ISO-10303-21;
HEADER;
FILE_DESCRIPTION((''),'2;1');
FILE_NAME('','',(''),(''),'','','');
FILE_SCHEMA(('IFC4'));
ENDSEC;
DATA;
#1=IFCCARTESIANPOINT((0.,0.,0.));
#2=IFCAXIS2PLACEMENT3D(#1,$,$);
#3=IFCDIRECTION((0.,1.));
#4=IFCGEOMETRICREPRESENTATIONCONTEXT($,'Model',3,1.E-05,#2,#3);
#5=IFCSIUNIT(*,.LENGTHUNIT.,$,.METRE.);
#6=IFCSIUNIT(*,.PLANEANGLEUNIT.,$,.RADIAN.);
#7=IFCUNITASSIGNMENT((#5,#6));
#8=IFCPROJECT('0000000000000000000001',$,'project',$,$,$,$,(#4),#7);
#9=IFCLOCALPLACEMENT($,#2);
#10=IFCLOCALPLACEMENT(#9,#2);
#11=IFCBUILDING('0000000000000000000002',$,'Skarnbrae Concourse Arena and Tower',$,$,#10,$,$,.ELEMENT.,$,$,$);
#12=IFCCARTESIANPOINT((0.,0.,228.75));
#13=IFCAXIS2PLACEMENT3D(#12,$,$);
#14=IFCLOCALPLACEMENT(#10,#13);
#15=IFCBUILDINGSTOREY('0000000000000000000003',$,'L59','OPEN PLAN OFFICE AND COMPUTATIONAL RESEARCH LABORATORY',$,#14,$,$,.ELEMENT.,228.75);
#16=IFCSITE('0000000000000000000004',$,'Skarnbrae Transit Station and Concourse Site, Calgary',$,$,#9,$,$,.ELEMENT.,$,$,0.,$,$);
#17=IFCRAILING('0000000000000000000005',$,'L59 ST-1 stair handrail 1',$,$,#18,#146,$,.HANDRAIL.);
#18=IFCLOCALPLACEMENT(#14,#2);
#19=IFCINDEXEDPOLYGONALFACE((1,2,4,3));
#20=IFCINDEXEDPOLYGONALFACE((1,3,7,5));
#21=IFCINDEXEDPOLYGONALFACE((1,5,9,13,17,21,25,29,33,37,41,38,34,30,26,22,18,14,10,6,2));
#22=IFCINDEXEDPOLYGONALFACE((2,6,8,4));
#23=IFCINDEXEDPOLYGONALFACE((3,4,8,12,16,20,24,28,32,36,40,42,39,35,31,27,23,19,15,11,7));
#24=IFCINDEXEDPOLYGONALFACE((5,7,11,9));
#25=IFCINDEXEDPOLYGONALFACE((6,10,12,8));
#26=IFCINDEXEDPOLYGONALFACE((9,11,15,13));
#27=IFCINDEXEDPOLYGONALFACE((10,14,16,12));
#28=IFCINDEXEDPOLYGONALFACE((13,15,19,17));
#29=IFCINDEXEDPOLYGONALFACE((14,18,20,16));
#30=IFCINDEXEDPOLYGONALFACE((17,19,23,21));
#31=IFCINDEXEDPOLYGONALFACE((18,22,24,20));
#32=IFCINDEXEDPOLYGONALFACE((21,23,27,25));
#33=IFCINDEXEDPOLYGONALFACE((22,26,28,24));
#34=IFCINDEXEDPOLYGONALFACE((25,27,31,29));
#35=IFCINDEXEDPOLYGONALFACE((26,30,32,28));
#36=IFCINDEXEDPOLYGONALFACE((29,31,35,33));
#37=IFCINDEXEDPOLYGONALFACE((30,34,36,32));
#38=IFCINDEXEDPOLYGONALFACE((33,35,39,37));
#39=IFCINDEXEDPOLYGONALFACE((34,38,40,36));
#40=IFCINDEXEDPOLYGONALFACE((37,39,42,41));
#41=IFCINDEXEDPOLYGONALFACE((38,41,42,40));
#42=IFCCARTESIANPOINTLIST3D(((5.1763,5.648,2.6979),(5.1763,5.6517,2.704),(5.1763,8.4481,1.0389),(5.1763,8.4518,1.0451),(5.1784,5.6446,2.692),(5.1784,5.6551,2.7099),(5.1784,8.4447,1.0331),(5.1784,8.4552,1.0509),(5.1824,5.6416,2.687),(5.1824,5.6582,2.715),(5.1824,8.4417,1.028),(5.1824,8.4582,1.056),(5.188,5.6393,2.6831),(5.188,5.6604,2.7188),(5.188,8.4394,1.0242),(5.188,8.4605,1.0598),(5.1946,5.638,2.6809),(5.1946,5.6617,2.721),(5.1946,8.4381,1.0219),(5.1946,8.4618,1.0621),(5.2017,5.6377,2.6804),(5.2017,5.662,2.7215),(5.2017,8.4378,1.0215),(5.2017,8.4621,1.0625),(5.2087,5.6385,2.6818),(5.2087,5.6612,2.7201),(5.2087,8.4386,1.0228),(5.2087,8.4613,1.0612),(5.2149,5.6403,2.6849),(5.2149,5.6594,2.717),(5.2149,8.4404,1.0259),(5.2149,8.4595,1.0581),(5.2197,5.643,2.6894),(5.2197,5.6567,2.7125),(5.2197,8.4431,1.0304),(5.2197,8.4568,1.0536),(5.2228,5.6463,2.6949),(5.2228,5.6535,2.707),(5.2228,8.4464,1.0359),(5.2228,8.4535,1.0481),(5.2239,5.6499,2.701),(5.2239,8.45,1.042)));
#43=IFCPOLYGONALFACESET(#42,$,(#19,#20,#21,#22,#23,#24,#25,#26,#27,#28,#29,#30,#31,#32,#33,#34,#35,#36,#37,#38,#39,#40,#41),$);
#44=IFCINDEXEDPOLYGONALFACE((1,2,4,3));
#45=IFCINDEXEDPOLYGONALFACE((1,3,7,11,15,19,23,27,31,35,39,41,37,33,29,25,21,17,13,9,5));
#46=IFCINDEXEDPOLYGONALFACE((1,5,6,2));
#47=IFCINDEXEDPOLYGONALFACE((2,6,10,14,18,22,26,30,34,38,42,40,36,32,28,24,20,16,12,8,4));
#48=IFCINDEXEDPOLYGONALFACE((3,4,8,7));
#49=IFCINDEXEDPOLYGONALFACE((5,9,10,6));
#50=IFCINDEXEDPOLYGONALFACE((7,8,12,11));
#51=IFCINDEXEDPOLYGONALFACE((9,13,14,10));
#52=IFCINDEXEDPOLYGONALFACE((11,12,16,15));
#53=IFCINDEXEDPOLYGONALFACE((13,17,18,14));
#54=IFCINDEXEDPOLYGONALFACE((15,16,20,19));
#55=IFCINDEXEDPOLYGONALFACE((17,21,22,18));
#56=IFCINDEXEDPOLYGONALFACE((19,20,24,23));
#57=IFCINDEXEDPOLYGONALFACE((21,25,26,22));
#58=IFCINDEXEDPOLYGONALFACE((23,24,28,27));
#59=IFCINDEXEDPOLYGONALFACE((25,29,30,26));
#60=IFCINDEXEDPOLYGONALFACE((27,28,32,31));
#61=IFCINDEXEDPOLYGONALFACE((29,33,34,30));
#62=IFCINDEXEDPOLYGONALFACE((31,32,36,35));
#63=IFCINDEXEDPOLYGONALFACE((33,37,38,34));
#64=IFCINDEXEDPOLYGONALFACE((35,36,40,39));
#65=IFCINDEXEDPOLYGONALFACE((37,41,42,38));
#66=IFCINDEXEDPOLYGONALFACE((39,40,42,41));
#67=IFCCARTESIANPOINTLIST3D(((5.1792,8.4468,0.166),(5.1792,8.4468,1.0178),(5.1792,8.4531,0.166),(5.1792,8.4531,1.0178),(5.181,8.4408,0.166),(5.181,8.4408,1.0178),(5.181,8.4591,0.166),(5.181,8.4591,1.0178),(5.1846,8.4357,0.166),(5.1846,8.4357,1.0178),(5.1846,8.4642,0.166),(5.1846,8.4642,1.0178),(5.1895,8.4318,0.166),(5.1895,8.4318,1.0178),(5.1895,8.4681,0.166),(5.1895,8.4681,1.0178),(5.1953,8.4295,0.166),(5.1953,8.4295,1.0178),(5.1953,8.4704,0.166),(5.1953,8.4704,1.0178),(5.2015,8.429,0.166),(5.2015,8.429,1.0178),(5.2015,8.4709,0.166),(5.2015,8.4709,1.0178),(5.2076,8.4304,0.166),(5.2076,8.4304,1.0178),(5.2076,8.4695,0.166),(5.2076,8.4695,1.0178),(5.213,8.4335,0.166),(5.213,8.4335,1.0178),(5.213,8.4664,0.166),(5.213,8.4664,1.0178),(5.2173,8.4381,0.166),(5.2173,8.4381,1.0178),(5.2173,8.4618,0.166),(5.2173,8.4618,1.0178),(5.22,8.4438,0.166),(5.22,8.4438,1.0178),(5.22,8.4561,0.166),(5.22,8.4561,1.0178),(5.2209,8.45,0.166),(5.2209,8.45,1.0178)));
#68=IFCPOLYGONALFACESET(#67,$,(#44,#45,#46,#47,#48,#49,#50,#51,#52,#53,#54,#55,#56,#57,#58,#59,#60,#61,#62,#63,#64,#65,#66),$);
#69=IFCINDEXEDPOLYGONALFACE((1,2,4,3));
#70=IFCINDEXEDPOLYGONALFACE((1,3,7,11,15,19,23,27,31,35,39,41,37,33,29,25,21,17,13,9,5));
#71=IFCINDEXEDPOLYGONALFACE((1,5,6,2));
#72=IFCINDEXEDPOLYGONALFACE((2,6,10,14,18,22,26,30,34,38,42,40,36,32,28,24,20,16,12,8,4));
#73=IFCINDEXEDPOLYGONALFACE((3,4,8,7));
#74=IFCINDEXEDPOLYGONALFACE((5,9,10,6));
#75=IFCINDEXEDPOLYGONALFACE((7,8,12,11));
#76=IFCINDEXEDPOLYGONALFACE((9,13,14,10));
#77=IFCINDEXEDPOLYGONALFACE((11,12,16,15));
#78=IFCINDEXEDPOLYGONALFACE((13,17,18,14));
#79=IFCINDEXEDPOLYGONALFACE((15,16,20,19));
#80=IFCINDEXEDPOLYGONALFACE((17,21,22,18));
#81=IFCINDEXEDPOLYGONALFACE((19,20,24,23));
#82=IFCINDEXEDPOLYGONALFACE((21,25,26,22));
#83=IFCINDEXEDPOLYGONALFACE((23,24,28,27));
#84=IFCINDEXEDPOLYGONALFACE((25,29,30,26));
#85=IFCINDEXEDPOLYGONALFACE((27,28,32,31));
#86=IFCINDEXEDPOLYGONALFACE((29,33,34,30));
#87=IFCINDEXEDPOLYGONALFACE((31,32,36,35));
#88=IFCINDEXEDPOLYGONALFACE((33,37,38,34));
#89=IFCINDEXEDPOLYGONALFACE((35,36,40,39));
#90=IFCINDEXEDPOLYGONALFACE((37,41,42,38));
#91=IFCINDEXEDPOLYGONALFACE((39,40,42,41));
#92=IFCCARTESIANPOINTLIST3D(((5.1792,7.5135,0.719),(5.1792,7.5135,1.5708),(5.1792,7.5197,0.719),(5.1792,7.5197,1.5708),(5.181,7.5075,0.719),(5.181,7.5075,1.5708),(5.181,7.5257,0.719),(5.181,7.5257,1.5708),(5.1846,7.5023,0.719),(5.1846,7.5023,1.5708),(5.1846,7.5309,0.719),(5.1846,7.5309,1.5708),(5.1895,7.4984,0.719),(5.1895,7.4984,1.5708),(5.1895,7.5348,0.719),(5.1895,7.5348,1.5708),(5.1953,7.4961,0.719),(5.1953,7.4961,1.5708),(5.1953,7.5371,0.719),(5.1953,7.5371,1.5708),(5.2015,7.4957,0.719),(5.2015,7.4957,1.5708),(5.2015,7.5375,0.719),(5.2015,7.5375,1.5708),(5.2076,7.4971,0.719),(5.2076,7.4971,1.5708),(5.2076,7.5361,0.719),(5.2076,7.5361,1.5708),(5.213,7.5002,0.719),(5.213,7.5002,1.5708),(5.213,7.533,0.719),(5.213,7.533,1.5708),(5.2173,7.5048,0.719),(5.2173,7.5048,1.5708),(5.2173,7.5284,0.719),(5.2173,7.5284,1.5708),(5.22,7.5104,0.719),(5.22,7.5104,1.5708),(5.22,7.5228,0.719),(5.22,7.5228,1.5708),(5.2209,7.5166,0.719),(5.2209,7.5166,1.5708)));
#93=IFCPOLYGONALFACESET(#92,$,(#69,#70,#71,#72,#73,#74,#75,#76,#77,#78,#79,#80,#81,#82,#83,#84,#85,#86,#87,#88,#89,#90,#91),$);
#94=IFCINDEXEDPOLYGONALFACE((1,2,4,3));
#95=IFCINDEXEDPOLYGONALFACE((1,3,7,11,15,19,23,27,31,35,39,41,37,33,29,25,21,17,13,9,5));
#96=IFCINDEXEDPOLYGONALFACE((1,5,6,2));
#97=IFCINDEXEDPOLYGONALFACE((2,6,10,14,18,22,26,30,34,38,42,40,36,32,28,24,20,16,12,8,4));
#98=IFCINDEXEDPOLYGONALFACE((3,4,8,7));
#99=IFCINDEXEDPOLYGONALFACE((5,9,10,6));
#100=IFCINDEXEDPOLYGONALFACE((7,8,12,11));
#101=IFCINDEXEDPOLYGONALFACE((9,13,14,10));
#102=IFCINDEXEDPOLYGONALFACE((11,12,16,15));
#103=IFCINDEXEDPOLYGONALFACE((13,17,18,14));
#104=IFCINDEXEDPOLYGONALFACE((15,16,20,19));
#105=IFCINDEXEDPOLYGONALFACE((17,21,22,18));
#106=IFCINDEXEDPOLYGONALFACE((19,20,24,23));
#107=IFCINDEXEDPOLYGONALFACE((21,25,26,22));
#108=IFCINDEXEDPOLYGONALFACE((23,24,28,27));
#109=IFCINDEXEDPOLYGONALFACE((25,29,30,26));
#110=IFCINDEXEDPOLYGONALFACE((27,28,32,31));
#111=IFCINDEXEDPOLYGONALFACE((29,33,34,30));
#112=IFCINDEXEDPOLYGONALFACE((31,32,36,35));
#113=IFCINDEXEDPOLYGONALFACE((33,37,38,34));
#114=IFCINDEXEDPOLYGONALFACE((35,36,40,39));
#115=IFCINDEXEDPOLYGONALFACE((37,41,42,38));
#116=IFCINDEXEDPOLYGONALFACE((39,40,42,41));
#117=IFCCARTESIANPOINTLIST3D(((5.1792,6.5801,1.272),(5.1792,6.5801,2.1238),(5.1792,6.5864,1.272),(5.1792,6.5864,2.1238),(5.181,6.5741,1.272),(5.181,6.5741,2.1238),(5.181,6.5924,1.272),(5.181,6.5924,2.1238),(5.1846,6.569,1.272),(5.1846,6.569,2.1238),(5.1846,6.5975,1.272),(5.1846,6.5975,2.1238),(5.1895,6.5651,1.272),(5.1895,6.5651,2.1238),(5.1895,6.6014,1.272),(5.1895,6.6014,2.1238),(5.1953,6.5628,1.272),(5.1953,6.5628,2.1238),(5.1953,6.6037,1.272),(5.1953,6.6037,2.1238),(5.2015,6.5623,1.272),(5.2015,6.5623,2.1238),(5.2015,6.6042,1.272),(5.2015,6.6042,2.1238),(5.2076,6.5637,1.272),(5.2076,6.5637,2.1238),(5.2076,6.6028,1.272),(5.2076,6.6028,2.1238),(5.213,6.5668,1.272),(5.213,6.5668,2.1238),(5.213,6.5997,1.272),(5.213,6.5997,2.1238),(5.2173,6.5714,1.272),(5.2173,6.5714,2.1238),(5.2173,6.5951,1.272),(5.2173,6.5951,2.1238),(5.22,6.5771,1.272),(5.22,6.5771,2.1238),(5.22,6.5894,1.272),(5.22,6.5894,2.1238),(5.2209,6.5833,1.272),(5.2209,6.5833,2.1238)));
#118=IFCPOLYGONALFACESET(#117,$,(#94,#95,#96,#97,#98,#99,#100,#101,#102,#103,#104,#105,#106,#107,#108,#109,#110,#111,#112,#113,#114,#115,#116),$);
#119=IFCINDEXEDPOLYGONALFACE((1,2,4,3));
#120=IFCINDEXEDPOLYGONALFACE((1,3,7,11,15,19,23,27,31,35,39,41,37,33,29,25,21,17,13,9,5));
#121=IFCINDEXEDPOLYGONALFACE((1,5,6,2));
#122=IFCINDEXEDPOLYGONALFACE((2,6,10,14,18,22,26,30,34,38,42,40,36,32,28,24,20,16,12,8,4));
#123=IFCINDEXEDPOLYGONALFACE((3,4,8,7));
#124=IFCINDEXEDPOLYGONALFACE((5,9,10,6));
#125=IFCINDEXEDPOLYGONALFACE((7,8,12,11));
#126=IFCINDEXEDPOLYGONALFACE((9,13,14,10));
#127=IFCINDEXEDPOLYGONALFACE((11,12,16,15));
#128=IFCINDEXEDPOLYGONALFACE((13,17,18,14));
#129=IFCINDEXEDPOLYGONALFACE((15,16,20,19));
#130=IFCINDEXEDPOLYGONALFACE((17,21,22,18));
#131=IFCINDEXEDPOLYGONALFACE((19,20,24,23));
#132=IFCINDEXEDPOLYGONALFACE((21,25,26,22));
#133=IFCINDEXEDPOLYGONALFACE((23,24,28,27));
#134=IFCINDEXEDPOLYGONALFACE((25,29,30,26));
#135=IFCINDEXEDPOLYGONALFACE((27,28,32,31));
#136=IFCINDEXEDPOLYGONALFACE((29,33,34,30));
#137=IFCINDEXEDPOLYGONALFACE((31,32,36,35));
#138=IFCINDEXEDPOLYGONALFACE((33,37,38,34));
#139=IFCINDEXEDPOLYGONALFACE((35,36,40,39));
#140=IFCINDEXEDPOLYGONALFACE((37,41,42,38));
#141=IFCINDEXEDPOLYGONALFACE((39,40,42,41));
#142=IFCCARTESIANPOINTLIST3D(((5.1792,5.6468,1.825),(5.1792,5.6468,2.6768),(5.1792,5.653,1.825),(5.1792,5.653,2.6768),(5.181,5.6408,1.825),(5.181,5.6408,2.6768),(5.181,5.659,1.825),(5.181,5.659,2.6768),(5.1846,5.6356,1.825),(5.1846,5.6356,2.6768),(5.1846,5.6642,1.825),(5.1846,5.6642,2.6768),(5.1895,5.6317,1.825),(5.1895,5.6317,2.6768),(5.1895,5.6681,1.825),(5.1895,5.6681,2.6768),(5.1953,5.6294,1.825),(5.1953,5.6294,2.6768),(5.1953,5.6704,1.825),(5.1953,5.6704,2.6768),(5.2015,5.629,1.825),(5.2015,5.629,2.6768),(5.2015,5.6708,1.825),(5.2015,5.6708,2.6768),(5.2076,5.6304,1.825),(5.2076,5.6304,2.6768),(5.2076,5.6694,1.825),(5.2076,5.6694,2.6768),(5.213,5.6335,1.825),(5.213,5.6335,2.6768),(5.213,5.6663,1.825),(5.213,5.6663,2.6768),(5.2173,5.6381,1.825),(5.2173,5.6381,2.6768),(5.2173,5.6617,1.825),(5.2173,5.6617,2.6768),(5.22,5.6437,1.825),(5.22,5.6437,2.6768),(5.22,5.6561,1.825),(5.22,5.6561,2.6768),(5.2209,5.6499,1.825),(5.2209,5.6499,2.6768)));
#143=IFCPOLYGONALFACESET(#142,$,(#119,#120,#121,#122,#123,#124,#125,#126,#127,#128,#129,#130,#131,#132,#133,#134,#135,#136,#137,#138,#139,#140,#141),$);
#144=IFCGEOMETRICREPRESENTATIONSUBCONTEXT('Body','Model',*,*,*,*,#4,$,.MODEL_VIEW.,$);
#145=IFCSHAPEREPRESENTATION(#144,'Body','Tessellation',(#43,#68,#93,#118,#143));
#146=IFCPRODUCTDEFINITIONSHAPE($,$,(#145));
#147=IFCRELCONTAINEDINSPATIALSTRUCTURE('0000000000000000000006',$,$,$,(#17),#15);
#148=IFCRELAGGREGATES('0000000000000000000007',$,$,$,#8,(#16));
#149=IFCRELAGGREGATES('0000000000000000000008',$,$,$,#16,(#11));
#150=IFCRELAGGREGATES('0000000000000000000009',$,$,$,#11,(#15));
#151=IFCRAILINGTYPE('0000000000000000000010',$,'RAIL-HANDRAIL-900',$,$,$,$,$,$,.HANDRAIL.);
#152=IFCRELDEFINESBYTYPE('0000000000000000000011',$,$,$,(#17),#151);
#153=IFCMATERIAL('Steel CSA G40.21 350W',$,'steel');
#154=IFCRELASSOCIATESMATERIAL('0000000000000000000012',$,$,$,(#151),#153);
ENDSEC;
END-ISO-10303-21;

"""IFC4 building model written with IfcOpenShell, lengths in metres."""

from ifc_helpers import new_model, si_unit, direction, frame, origin, origin_2d, place, context, subcontext, project, spatial, circle, extrude, material, type_object, element, save


model = new_model("IFC4")

# Units and contexts
model_context = context("Model", 3, precision=1e-05, world=origin(), true_north=direction((0.0, 1.0)))
body_context = subcontext(model_context, "Body", "Model", "MODEL_VIEW")
ifc_project = project(units=[si_unit("LENGTHUNIT", "METRE"), si_unit("PLANEANGLEUNIT", "RADIAN")], contexts=[model_context])

# Site, building, storey
site_placement = place(None, origin())
site = spatial("IfcSite", under=ifc_project, at=site_placement, Name="Skarnbrae Transit Station and Concourse Site, Calgary", CompositionType="ELEMENT", RefElevation=0.0)
building_placement = place(site_placement, origin())
building = spatial("IfcBuilding", under=site, at=building_placement, Name="Skarnbrae Concourse Arena and Tower", CompositionType="ELEMENT")
storey_placement = place(building_placement, frame((0.0, 0.0, 228.75)))
storey = spatial("IfcBuildingStorey", under=building, at=storey_placement, Name="L59", Description="OPEN PLAN OFFICE AND COMPUTATIONAL RESEARCH LABORATORY", CompositionType="ELEMENT", Elevation=228.75)

# Railing
ifc_material_1 = material(Name="Steel CSA G40.21 350W", Category="steel")
railing_type_1 = type_object("IfcRailingType", Name="RAIL-HANDRAIL-900", PredefinedType="HANDRAIL", material=ifc_material_1)
railing_1_placement = place(storey_placement, frame((5.2, 8.45, 0.166)))
element("IfcRailing", 1, at=railing_1_placement, inside=storey, type_object=railing_type_1, Name="L59 ST-1 stair handrail 1", PredefinedType="HANDRAIL", context=body_context, shape_type="SweptSolid", body=[
    extrude(circle(Radius=0.0239, at=origin_2d()), frame((0.0, 0.0, 0.876), z_axis=(0.0, -0.860339, 0.509722), x_axis=(1.0, 0.0, 0.0)), (0.0, 0.0, 1.0), 3.2546),
    extrude(circle(Radius=0.021, at=origin_2d()), origin(), (0.0, 0.0, 1.0), 0.8518),
    extrude(circle(Radius=0.021, at=origin_2d()), frame((0.0, -0.9333, 0.553)), (0.0, 0.0, 1.0), 0.8518),
    extrude(circle(Radius=0.021, at=origin_2d()), frame((0.0, -1.8667, 1.106)), (0.0, 0.0, 1.0), 0.8518),
    extrude(circle(Radius=0.021, at=origin_2d()), frame((0.0, -2.8, 1.6589)), (0.0, 0.0, 1.0), 0.8518),
])

save(model, "model.ifc")
